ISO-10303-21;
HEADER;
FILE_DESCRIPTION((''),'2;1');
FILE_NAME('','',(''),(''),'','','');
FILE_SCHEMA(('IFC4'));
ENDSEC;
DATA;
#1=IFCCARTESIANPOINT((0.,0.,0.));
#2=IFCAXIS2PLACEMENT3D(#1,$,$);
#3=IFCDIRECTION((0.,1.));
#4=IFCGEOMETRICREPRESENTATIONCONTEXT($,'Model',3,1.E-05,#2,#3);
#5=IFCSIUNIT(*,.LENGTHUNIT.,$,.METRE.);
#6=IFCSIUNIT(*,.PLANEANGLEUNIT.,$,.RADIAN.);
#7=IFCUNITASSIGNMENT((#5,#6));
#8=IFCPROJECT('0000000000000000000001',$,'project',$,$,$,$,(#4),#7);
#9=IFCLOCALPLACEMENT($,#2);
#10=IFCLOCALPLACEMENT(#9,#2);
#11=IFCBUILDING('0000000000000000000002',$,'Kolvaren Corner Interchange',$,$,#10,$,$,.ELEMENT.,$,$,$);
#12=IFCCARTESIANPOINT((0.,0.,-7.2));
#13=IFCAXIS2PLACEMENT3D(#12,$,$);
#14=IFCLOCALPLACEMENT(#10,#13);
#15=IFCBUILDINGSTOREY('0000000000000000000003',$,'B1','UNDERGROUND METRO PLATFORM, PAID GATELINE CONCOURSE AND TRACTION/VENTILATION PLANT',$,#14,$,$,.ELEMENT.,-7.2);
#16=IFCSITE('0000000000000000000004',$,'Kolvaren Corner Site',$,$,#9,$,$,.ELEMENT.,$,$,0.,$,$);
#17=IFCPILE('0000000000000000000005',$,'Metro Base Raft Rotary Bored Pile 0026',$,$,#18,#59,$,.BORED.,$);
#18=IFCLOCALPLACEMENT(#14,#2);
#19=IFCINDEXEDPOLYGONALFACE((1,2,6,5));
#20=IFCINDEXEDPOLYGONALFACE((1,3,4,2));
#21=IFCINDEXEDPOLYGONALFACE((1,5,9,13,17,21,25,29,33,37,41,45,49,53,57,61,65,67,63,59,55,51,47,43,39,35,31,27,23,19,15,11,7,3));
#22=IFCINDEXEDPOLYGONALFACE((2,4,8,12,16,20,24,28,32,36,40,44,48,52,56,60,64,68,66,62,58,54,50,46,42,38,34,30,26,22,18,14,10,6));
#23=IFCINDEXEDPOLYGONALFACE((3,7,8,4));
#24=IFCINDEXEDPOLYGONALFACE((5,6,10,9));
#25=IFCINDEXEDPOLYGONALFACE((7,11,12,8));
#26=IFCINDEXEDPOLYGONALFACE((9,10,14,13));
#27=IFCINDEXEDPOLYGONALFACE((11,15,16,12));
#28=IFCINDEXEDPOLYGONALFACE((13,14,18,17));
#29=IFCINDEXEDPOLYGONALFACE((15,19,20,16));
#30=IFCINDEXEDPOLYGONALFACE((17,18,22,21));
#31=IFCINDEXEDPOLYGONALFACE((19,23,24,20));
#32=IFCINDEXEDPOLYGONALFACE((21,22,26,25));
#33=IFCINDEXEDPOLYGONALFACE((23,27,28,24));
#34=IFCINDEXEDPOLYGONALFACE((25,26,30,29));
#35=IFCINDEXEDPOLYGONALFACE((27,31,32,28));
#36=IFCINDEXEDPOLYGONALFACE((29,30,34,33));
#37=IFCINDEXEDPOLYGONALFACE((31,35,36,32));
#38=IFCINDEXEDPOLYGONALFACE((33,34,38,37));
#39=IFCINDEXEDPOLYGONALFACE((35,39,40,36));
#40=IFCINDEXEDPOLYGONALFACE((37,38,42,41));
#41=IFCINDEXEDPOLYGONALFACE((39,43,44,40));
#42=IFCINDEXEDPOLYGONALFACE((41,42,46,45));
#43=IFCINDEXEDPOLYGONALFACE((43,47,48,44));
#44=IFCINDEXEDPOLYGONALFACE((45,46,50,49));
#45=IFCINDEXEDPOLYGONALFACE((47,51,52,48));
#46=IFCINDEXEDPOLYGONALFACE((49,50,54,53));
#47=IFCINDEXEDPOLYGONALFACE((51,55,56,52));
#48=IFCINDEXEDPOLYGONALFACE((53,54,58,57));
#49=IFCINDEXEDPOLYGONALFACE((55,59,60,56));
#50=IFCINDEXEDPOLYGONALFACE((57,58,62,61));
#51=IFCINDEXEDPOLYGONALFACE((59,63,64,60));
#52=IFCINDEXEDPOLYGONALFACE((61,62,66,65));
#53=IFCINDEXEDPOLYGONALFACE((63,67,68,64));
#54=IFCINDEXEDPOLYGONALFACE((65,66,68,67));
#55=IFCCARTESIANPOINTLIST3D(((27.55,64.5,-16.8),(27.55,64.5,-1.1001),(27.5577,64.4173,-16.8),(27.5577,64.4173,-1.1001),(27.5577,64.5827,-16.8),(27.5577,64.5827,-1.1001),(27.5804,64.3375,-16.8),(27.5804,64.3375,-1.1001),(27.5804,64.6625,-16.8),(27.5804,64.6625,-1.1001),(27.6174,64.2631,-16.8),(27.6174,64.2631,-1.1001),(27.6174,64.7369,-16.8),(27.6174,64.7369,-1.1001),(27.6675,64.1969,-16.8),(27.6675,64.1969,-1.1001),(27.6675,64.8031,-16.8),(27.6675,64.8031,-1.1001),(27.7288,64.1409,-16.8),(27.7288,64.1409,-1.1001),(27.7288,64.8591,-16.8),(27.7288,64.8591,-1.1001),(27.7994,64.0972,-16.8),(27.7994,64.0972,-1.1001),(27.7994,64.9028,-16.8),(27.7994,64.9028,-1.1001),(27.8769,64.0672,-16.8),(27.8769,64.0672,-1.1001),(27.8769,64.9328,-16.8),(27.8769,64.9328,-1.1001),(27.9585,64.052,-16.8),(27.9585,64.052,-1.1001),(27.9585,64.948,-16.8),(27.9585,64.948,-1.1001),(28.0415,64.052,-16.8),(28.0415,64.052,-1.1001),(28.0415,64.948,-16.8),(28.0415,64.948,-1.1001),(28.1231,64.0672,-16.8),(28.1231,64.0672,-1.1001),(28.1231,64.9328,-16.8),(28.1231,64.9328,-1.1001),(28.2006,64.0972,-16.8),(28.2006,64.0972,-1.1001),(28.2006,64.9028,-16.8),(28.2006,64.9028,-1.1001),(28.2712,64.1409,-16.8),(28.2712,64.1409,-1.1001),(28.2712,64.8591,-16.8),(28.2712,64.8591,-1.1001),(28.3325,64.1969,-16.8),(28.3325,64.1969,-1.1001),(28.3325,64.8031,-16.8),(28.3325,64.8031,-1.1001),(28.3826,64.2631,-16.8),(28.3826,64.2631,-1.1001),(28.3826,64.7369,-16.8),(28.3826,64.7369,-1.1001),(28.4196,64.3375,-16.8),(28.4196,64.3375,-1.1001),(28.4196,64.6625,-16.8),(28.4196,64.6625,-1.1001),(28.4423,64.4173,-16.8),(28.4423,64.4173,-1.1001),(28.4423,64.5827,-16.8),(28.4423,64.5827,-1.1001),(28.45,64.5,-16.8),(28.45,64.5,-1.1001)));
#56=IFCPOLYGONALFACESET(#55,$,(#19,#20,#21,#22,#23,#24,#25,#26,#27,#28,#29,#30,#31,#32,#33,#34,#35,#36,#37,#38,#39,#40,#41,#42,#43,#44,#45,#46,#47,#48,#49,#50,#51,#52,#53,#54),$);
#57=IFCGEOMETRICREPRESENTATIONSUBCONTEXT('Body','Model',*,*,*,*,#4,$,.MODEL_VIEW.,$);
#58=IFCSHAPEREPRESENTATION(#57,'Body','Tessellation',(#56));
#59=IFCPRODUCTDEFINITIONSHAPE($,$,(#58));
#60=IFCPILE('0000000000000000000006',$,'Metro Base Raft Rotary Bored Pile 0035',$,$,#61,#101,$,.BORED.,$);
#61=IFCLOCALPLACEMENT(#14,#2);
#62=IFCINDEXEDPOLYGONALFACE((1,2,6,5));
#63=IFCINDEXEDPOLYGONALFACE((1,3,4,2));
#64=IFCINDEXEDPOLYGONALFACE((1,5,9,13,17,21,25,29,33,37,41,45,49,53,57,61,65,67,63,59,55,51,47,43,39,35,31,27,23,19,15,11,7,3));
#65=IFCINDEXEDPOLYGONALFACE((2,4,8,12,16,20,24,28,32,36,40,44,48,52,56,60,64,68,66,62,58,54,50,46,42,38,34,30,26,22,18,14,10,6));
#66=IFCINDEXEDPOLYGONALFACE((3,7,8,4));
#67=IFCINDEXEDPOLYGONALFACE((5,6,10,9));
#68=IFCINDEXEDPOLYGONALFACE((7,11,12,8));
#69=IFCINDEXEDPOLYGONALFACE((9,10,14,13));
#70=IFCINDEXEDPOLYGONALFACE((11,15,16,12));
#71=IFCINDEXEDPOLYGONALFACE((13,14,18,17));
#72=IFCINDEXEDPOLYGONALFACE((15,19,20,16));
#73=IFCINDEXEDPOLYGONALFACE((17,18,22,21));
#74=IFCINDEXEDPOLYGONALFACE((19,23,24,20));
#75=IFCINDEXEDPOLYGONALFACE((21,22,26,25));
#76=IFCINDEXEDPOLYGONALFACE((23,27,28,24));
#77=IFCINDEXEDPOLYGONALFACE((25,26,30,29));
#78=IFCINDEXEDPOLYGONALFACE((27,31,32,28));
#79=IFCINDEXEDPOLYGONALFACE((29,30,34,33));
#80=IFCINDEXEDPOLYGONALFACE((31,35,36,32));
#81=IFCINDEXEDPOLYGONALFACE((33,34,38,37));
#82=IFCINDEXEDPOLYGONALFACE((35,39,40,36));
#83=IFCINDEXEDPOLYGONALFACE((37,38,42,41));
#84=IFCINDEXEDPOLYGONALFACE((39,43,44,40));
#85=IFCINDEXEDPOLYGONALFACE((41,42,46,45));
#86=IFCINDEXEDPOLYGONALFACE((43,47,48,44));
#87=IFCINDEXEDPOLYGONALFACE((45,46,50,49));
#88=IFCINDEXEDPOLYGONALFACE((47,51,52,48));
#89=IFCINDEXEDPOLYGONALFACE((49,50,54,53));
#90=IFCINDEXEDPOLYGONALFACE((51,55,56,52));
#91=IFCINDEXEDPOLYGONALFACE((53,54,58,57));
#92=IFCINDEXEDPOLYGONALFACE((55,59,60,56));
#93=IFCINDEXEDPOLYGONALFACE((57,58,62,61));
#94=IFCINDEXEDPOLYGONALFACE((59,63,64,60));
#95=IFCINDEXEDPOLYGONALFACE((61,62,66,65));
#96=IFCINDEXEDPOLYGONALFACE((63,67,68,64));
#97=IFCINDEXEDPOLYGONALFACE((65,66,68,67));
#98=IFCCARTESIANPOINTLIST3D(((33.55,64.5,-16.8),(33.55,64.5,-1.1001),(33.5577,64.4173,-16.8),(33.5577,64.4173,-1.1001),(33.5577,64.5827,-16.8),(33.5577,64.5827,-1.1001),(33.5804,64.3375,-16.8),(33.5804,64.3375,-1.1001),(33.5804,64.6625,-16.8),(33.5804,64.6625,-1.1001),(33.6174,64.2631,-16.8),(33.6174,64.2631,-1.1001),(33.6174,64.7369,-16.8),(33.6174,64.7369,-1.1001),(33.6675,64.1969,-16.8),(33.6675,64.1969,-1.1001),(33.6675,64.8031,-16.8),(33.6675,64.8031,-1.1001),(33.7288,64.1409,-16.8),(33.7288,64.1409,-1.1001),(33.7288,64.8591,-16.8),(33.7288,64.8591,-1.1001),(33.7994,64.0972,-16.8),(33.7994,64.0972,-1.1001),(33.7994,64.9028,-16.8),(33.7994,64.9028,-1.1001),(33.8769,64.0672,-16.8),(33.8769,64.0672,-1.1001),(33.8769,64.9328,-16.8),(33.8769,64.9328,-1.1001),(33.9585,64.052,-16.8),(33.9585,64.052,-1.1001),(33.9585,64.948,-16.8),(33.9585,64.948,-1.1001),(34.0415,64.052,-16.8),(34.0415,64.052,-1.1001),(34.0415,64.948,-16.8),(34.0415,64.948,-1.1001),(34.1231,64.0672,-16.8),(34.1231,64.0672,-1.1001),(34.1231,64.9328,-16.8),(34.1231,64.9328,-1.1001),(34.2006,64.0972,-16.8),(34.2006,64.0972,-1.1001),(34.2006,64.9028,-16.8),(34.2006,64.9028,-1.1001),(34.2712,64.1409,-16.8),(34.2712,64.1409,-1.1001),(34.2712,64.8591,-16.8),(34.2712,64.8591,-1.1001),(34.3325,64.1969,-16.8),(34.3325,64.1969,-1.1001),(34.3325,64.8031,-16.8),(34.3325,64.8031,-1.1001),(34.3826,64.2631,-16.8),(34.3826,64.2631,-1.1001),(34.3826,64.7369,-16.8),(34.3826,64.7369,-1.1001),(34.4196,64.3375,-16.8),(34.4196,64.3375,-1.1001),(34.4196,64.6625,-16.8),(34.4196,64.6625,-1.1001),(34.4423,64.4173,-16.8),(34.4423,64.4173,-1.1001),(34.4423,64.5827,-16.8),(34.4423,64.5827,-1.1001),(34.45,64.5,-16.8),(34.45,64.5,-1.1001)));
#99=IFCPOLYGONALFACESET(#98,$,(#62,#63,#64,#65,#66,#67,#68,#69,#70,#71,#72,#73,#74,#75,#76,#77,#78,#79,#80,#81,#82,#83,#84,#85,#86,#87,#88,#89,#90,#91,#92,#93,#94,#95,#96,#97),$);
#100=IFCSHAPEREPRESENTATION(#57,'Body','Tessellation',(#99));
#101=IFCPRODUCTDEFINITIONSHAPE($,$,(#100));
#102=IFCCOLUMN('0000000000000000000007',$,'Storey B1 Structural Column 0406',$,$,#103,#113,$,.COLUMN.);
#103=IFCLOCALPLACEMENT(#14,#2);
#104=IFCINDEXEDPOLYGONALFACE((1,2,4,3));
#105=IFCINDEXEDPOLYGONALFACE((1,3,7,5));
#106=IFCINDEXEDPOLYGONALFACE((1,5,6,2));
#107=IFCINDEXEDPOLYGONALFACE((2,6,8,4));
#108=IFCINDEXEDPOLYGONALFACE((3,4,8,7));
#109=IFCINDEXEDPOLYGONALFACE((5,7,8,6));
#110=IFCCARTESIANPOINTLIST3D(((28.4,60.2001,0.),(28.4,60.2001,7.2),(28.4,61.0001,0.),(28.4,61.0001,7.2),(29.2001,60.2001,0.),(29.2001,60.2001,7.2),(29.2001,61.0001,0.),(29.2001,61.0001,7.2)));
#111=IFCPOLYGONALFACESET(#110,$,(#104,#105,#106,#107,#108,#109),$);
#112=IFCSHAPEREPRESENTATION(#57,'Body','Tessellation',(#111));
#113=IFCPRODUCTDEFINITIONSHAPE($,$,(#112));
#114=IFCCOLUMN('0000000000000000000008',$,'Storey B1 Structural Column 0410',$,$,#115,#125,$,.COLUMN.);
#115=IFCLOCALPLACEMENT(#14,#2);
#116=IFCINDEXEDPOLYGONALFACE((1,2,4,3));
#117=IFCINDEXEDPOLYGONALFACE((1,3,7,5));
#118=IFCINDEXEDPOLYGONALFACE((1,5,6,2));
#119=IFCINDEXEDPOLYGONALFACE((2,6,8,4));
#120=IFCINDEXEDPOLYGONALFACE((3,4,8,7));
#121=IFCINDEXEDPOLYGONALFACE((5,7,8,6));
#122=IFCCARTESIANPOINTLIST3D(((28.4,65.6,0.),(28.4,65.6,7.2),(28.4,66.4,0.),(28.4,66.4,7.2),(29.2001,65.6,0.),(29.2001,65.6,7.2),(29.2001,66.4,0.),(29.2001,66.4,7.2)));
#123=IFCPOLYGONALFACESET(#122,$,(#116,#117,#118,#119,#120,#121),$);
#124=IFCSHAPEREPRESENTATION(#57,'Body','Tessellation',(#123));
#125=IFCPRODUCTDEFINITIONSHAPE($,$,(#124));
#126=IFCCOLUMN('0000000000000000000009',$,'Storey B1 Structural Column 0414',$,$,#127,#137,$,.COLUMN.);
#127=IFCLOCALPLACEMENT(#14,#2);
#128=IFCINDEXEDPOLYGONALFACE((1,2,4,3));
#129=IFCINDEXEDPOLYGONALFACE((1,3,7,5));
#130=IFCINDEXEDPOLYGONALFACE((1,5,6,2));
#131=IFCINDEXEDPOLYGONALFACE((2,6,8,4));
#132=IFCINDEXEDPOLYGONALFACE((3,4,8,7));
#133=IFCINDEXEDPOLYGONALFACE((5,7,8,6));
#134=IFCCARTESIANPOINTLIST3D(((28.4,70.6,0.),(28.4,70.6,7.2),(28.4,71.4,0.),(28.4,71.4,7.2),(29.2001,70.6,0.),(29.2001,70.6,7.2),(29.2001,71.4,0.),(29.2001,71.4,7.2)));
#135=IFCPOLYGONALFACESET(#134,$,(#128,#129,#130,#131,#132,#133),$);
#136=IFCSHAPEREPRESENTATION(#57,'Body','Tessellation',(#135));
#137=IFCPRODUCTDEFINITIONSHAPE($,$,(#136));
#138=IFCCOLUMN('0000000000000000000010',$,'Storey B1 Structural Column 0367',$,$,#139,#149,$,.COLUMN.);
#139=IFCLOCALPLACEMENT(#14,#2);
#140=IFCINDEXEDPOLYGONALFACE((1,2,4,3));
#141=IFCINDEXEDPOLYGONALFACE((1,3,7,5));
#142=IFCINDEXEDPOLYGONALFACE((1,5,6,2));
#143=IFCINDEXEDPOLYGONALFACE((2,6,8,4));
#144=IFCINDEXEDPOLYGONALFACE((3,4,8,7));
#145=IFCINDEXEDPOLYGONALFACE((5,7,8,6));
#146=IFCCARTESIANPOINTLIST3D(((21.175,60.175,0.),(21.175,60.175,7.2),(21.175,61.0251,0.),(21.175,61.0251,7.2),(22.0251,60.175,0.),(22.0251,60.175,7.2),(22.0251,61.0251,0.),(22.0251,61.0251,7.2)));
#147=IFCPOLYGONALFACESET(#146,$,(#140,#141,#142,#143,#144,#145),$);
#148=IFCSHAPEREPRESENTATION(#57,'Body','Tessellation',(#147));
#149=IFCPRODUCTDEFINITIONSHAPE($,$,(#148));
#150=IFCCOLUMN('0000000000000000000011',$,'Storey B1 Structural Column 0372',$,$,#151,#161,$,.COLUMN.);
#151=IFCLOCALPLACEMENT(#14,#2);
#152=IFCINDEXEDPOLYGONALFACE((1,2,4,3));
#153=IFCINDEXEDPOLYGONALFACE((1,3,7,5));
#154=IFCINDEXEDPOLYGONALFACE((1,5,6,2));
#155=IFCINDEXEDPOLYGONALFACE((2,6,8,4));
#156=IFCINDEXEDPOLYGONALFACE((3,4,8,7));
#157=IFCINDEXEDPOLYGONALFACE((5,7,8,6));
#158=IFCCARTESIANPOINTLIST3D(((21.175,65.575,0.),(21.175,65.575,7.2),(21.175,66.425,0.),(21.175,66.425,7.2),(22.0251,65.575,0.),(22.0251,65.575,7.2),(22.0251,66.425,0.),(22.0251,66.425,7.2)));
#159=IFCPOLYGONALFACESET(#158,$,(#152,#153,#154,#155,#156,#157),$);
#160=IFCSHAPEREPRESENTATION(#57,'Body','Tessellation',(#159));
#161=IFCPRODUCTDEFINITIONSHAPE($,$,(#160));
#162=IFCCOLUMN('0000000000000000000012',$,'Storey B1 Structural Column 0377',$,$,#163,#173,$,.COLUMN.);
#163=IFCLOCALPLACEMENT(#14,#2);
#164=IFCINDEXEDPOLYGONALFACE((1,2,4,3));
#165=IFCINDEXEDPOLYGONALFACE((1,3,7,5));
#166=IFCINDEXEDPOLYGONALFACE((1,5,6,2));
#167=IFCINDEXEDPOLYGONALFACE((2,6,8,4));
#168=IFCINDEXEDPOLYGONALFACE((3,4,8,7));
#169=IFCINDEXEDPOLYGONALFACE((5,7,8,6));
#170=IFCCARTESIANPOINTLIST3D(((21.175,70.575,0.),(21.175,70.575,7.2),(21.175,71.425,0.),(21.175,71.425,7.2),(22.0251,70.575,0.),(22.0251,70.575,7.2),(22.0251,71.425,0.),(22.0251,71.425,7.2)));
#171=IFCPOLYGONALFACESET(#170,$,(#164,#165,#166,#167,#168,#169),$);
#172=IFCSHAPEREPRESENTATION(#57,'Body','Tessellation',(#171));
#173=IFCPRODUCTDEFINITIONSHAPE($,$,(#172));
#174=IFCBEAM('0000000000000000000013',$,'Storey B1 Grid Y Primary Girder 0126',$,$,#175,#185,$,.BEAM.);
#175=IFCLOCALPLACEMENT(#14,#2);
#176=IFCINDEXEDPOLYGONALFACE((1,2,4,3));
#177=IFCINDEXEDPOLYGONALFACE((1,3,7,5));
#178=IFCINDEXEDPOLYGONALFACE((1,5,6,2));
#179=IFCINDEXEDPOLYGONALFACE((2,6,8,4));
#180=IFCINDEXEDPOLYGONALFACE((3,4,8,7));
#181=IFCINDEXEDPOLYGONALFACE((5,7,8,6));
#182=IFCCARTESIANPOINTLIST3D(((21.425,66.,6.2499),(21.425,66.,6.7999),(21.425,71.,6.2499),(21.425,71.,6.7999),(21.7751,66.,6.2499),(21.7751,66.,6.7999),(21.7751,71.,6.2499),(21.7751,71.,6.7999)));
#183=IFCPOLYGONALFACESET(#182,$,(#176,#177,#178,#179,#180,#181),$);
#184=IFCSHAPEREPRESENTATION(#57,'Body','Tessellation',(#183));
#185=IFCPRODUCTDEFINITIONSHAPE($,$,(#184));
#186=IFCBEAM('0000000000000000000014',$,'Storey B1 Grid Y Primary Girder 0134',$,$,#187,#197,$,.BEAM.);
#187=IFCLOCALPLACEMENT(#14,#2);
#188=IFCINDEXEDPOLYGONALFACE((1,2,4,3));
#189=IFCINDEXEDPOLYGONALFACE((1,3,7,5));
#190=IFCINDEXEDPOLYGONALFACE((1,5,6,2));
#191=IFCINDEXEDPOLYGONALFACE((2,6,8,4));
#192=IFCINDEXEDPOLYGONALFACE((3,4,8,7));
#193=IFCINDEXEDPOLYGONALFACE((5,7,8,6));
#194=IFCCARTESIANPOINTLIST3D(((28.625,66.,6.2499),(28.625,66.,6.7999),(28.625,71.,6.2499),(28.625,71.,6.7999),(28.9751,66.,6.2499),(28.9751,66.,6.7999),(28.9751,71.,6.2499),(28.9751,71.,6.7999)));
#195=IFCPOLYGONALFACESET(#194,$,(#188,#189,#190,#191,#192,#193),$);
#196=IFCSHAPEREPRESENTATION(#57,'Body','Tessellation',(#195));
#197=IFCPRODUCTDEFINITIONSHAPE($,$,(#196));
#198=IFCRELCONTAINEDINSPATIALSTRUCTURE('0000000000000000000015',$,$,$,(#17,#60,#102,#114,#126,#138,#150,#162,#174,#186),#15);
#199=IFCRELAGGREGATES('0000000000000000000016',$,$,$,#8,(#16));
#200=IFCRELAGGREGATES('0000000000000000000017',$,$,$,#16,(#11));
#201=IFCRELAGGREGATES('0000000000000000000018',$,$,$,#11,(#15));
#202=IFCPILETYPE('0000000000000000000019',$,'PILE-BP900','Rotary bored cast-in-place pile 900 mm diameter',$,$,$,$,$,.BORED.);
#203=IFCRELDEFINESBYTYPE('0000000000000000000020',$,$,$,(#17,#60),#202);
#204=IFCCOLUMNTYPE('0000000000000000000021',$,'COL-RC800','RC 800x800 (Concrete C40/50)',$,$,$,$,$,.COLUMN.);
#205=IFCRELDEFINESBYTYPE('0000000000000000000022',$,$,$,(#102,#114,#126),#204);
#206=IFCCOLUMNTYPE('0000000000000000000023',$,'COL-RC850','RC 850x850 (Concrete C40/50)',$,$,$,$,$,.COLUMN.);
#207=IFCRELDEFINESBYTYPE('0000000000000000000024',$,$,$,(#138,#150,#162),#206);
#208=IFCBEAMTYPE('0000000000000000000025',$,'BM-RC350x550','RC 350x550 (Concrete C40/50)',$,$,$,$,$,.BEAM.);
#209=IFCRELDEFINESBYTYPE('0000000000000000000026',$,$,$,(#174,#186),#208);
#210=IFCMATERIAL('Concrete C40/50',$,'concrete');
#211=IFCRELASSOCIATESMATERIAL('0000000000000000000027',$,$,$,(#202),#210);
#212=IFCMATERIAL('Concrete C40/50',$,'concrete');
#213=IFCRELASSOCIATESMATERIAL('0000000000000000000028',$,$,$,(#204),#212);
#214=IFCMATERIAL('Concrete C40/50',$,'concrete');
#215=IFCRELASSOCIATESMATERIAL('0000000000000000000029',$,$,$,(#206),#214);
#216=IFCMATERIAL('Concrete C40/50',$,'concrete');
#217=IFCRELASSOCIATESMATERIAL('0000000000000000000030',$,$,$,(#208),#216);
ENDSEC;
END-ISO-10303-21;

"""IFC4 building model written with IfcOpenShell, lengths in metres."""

from ifc_helpers import new_model, si_unit, direction, frame, origin, origin_2d, place, context, subcontext, project, spatial, rectangle, circle, extrude, material, material_profile, profile_set, type_object, element, save


model = new_model("IFC4")

# Units and contexts
model_context = context("Model", 3, precision=1e-05, world=origin(), true_north=direction((0.0, 1.0)))
body_context = subcontext(model_context, "Body", "Model", "MODEL_VIEW")
ifc_project = project(units=[si_unit("LENGTHUNIT", "METRE"), si_unit("PLANEANGLEUNIT", "RADIAN")], contexts=[model_context])

# Site, building, storey
site_placement = place(None, origin())
site = spatial("IfcSite", under=ifc_project, at=site_placement, Name="Kolvaren Corner Site", CompositionType="ELEMENT", RefElevation=0.0)
building_placement = place(site_placement, origin())
building = spatial("IfcBuilding", under=site, at=building_placement, Name="Kolvaren Corner Interchange", CompositionType="ELEMENT")
storey_placement = place(building_placement, frame((0.0, 0.0, -7.2)))
storey = spatial("IfcBuildingStorey", under=building, at=storey_placement, Name="B1", Description="UNDERGROUND METRO PLATFORM, PAID GATELINE CONCOURSE AND TRACTION/VENTILATION PLANT", CompositionType="ELEMENT", Elevation=-7.2)

# Piles
ifc_material_1 = material(Name="Concrete C40/50", Category="concrete")
ifc_material_profile_1 = material_profile(ifc_material_1, circle(Radius=0.45, at=origin_2d()), Name="BORED PILE 900")
ifc_profile_set_1 = profile_set([ifc_material_profile_1], Name="Concrete C40/50")
pile_type_1 = type_object("IfcPileType", Name="PILE-BP900", Description="Rotary bored cast-in-place pile 900 mm diameter", PredefinedType="BORED", material=ifc_profile_set_1)
for number, where, z_axis, x_axis, name in (
    (1, (28.0, 64.5, -1.1001), (0.0, 0.0, -1.0), (1.0, 0.0, 0.0), "Metro Base Raft Rotary Bored Pile 0026"),
    (2, (34.0, 64.5, -1.1001), (0.0, 0.0, -1.0), (1.0, 0.0, 0.0), "Metro Base Raft Rotary Bored Pile 0035"),
):
    element("IfcPile", number, at=place(storey_placement, frame(where, z_axis=z_axis, x_axis=x_axis)), inside=storey, type_object=pile_type_1, Name=name, PredefinedType="BORED", context=body_context, shape_type="SweptSolid", body=[
        extrude(circle(Radius=0.45, at=origin_2d()), origin(), (0.0, 0.0, 1.0), 15.7),
    ])

# Columns
ifc_material_2 = material(Name="Concrete C40/50", Category="concrete")
ifc_material_profile_2 = material_profile(ifc_material_2, rectangle(XDim=0.8, YDim=0.8, at=origin_2d()), Name="RC 800x800")
ifc_profile_set_2 = profile_set([ifc_material_profile_2], Name="Concrete C40/50")
column_type_1 = type_object("IfcColumnType", Name="COL-RC800", Description="RC 800x800 (Concrete C40/50)", PredefinedType="COLUMN", material=ifc_profile_set_2)
for number, where, z_axis, x_axis, name in (
    (3, (28.8, 60.6001, 0.0), (0.0, 0.0, 1.0), (1.0, 0.0, 0.0), "Storey B1 Structural Column 0406"),
    (4, (28.8, 66.0, 0.0), (0.0, 0.0, 1.0), (1.0, 0.0, 0.0), "Storey B1 Structural Column 0410"),
    (5, (28.8, 71.0, 0.0), (0.0, 0.0, 1.0), (1.0, 0.0, 0.0), "Storey B1 Structural Column 0414"),
):
    element("IfcColumn", number, at=place(storey_placement, frame(where, z_axis=z_axis, x_axis=x_axis)), inside=storey, type_object=column_type_1, Name=name, PredefinedType="COLUMN", context=body_context, shape_type="SweptSolid", body=[
        extrude(rectangle(XDim=0.8, YDim=0.8, at=origin_2d()), origin(), (0.0, 0.0, 1.0), 7.2),
    ])
ifc_material_3 = material(Name="Concrete C40/50", Category="concrete")
ifc_material_profile_3 = material_profile(ifc_material_3, rectangle(XDim=0.8501, YDim=0.8501, at=origin_2d()), Name="RC 850x850")
ifc_profile_set_3 = profile_set([ifc_material_profile_3], Name="Concrete C40/50")
column_type_2 = type_object("IfcColumnType", Name="COL-RC850", Description="RC 850x850 (Concrete C40/50)", PredefinedType="COLUMN", material=ifc_profile_set_3)
for number, where, z_axis, x_axis, name in (
    (6, (21.6001, 60.6001, 0.0), (0.0, 0.0, 1.0), (1.0, 0.0, 0.0), "Storey B1 Structural Column 0367"),
    (7, (21.6001, 66.0, 0.0), (0.0, 0.0, 1.0), (1.0, 0.0, 0.0), "Storey B1 Structural Column 0372"),
    (8, (21.6001, 71.0, 0.0), (0.0, 0.0, 1.0), (1.0, 0.0, 0.0), "Storey B1 Structural Column 0377"),
):
    element("IfcColumn", number, at=place(storey_placement, frame(where, z_axis=z_axis, x_axis=x_axis)), inside=storey, type_object=column_type_2, Name=name, PredefinedType="COLUMN", context=body_context, shape_type="SweptSolid", body=[
        extrude(rectangle(XDim=0.8501, YDim=0.8501, at=origin_2d()), origin(), (0.0, 0.0, 1.0), 7.2),
    ])

# Beams
ifc_material_4 = material(Name="Concrete C40/50", Category="concrete")
ifc_material_profile_4 = material_profile(ifc_material_4, rectangle(XDim=0.3501, YDim=0.55, at=origin_2d()), Name="RC 350x550")
ifc_profile_set_4 = profile_set([ifc_material_profile_4], Name="Concrete C40/50")
beam_type_1 = type_object("IfcBeamType", Name="BM-RC350x550", Description="RC 350x550 (Concrete C40/50)", PredefinedType="BEAM", material=ifc_profile_set_4)
for number, where, z_axis, x_axis, name in (
    (9, (21.6001, 66.0, 6.5249), (0.0, 1.0, 0.0), (-1.0, 0.0, 0.0), "Storey B1 Grid Y Primary Girder 0126"),
    (10, (28.8, 66.0, 6.5249), (0.0, 1.0, 0.0), (-1.0, 0.0, 0.0), "Storey B1 Grid Y Primary Girder 0134"),
):
    element("IfcBeam", number, at=place(storey_placement, frame(where, z_axis=z_axis, x_axis=x_axis)), inside=storey, type_object=beam_type_1, Name=name, PredefinedType="BEAM", context=body_context, shape_type="SweptSolid", body=[
        extrude(rectangle(XDim=0.3501, YDim=0.55, at=origin_2d()), origin(), (0.0, 0.0, 1.0), 5.0),
    ])

save(model, "model.ifc")
